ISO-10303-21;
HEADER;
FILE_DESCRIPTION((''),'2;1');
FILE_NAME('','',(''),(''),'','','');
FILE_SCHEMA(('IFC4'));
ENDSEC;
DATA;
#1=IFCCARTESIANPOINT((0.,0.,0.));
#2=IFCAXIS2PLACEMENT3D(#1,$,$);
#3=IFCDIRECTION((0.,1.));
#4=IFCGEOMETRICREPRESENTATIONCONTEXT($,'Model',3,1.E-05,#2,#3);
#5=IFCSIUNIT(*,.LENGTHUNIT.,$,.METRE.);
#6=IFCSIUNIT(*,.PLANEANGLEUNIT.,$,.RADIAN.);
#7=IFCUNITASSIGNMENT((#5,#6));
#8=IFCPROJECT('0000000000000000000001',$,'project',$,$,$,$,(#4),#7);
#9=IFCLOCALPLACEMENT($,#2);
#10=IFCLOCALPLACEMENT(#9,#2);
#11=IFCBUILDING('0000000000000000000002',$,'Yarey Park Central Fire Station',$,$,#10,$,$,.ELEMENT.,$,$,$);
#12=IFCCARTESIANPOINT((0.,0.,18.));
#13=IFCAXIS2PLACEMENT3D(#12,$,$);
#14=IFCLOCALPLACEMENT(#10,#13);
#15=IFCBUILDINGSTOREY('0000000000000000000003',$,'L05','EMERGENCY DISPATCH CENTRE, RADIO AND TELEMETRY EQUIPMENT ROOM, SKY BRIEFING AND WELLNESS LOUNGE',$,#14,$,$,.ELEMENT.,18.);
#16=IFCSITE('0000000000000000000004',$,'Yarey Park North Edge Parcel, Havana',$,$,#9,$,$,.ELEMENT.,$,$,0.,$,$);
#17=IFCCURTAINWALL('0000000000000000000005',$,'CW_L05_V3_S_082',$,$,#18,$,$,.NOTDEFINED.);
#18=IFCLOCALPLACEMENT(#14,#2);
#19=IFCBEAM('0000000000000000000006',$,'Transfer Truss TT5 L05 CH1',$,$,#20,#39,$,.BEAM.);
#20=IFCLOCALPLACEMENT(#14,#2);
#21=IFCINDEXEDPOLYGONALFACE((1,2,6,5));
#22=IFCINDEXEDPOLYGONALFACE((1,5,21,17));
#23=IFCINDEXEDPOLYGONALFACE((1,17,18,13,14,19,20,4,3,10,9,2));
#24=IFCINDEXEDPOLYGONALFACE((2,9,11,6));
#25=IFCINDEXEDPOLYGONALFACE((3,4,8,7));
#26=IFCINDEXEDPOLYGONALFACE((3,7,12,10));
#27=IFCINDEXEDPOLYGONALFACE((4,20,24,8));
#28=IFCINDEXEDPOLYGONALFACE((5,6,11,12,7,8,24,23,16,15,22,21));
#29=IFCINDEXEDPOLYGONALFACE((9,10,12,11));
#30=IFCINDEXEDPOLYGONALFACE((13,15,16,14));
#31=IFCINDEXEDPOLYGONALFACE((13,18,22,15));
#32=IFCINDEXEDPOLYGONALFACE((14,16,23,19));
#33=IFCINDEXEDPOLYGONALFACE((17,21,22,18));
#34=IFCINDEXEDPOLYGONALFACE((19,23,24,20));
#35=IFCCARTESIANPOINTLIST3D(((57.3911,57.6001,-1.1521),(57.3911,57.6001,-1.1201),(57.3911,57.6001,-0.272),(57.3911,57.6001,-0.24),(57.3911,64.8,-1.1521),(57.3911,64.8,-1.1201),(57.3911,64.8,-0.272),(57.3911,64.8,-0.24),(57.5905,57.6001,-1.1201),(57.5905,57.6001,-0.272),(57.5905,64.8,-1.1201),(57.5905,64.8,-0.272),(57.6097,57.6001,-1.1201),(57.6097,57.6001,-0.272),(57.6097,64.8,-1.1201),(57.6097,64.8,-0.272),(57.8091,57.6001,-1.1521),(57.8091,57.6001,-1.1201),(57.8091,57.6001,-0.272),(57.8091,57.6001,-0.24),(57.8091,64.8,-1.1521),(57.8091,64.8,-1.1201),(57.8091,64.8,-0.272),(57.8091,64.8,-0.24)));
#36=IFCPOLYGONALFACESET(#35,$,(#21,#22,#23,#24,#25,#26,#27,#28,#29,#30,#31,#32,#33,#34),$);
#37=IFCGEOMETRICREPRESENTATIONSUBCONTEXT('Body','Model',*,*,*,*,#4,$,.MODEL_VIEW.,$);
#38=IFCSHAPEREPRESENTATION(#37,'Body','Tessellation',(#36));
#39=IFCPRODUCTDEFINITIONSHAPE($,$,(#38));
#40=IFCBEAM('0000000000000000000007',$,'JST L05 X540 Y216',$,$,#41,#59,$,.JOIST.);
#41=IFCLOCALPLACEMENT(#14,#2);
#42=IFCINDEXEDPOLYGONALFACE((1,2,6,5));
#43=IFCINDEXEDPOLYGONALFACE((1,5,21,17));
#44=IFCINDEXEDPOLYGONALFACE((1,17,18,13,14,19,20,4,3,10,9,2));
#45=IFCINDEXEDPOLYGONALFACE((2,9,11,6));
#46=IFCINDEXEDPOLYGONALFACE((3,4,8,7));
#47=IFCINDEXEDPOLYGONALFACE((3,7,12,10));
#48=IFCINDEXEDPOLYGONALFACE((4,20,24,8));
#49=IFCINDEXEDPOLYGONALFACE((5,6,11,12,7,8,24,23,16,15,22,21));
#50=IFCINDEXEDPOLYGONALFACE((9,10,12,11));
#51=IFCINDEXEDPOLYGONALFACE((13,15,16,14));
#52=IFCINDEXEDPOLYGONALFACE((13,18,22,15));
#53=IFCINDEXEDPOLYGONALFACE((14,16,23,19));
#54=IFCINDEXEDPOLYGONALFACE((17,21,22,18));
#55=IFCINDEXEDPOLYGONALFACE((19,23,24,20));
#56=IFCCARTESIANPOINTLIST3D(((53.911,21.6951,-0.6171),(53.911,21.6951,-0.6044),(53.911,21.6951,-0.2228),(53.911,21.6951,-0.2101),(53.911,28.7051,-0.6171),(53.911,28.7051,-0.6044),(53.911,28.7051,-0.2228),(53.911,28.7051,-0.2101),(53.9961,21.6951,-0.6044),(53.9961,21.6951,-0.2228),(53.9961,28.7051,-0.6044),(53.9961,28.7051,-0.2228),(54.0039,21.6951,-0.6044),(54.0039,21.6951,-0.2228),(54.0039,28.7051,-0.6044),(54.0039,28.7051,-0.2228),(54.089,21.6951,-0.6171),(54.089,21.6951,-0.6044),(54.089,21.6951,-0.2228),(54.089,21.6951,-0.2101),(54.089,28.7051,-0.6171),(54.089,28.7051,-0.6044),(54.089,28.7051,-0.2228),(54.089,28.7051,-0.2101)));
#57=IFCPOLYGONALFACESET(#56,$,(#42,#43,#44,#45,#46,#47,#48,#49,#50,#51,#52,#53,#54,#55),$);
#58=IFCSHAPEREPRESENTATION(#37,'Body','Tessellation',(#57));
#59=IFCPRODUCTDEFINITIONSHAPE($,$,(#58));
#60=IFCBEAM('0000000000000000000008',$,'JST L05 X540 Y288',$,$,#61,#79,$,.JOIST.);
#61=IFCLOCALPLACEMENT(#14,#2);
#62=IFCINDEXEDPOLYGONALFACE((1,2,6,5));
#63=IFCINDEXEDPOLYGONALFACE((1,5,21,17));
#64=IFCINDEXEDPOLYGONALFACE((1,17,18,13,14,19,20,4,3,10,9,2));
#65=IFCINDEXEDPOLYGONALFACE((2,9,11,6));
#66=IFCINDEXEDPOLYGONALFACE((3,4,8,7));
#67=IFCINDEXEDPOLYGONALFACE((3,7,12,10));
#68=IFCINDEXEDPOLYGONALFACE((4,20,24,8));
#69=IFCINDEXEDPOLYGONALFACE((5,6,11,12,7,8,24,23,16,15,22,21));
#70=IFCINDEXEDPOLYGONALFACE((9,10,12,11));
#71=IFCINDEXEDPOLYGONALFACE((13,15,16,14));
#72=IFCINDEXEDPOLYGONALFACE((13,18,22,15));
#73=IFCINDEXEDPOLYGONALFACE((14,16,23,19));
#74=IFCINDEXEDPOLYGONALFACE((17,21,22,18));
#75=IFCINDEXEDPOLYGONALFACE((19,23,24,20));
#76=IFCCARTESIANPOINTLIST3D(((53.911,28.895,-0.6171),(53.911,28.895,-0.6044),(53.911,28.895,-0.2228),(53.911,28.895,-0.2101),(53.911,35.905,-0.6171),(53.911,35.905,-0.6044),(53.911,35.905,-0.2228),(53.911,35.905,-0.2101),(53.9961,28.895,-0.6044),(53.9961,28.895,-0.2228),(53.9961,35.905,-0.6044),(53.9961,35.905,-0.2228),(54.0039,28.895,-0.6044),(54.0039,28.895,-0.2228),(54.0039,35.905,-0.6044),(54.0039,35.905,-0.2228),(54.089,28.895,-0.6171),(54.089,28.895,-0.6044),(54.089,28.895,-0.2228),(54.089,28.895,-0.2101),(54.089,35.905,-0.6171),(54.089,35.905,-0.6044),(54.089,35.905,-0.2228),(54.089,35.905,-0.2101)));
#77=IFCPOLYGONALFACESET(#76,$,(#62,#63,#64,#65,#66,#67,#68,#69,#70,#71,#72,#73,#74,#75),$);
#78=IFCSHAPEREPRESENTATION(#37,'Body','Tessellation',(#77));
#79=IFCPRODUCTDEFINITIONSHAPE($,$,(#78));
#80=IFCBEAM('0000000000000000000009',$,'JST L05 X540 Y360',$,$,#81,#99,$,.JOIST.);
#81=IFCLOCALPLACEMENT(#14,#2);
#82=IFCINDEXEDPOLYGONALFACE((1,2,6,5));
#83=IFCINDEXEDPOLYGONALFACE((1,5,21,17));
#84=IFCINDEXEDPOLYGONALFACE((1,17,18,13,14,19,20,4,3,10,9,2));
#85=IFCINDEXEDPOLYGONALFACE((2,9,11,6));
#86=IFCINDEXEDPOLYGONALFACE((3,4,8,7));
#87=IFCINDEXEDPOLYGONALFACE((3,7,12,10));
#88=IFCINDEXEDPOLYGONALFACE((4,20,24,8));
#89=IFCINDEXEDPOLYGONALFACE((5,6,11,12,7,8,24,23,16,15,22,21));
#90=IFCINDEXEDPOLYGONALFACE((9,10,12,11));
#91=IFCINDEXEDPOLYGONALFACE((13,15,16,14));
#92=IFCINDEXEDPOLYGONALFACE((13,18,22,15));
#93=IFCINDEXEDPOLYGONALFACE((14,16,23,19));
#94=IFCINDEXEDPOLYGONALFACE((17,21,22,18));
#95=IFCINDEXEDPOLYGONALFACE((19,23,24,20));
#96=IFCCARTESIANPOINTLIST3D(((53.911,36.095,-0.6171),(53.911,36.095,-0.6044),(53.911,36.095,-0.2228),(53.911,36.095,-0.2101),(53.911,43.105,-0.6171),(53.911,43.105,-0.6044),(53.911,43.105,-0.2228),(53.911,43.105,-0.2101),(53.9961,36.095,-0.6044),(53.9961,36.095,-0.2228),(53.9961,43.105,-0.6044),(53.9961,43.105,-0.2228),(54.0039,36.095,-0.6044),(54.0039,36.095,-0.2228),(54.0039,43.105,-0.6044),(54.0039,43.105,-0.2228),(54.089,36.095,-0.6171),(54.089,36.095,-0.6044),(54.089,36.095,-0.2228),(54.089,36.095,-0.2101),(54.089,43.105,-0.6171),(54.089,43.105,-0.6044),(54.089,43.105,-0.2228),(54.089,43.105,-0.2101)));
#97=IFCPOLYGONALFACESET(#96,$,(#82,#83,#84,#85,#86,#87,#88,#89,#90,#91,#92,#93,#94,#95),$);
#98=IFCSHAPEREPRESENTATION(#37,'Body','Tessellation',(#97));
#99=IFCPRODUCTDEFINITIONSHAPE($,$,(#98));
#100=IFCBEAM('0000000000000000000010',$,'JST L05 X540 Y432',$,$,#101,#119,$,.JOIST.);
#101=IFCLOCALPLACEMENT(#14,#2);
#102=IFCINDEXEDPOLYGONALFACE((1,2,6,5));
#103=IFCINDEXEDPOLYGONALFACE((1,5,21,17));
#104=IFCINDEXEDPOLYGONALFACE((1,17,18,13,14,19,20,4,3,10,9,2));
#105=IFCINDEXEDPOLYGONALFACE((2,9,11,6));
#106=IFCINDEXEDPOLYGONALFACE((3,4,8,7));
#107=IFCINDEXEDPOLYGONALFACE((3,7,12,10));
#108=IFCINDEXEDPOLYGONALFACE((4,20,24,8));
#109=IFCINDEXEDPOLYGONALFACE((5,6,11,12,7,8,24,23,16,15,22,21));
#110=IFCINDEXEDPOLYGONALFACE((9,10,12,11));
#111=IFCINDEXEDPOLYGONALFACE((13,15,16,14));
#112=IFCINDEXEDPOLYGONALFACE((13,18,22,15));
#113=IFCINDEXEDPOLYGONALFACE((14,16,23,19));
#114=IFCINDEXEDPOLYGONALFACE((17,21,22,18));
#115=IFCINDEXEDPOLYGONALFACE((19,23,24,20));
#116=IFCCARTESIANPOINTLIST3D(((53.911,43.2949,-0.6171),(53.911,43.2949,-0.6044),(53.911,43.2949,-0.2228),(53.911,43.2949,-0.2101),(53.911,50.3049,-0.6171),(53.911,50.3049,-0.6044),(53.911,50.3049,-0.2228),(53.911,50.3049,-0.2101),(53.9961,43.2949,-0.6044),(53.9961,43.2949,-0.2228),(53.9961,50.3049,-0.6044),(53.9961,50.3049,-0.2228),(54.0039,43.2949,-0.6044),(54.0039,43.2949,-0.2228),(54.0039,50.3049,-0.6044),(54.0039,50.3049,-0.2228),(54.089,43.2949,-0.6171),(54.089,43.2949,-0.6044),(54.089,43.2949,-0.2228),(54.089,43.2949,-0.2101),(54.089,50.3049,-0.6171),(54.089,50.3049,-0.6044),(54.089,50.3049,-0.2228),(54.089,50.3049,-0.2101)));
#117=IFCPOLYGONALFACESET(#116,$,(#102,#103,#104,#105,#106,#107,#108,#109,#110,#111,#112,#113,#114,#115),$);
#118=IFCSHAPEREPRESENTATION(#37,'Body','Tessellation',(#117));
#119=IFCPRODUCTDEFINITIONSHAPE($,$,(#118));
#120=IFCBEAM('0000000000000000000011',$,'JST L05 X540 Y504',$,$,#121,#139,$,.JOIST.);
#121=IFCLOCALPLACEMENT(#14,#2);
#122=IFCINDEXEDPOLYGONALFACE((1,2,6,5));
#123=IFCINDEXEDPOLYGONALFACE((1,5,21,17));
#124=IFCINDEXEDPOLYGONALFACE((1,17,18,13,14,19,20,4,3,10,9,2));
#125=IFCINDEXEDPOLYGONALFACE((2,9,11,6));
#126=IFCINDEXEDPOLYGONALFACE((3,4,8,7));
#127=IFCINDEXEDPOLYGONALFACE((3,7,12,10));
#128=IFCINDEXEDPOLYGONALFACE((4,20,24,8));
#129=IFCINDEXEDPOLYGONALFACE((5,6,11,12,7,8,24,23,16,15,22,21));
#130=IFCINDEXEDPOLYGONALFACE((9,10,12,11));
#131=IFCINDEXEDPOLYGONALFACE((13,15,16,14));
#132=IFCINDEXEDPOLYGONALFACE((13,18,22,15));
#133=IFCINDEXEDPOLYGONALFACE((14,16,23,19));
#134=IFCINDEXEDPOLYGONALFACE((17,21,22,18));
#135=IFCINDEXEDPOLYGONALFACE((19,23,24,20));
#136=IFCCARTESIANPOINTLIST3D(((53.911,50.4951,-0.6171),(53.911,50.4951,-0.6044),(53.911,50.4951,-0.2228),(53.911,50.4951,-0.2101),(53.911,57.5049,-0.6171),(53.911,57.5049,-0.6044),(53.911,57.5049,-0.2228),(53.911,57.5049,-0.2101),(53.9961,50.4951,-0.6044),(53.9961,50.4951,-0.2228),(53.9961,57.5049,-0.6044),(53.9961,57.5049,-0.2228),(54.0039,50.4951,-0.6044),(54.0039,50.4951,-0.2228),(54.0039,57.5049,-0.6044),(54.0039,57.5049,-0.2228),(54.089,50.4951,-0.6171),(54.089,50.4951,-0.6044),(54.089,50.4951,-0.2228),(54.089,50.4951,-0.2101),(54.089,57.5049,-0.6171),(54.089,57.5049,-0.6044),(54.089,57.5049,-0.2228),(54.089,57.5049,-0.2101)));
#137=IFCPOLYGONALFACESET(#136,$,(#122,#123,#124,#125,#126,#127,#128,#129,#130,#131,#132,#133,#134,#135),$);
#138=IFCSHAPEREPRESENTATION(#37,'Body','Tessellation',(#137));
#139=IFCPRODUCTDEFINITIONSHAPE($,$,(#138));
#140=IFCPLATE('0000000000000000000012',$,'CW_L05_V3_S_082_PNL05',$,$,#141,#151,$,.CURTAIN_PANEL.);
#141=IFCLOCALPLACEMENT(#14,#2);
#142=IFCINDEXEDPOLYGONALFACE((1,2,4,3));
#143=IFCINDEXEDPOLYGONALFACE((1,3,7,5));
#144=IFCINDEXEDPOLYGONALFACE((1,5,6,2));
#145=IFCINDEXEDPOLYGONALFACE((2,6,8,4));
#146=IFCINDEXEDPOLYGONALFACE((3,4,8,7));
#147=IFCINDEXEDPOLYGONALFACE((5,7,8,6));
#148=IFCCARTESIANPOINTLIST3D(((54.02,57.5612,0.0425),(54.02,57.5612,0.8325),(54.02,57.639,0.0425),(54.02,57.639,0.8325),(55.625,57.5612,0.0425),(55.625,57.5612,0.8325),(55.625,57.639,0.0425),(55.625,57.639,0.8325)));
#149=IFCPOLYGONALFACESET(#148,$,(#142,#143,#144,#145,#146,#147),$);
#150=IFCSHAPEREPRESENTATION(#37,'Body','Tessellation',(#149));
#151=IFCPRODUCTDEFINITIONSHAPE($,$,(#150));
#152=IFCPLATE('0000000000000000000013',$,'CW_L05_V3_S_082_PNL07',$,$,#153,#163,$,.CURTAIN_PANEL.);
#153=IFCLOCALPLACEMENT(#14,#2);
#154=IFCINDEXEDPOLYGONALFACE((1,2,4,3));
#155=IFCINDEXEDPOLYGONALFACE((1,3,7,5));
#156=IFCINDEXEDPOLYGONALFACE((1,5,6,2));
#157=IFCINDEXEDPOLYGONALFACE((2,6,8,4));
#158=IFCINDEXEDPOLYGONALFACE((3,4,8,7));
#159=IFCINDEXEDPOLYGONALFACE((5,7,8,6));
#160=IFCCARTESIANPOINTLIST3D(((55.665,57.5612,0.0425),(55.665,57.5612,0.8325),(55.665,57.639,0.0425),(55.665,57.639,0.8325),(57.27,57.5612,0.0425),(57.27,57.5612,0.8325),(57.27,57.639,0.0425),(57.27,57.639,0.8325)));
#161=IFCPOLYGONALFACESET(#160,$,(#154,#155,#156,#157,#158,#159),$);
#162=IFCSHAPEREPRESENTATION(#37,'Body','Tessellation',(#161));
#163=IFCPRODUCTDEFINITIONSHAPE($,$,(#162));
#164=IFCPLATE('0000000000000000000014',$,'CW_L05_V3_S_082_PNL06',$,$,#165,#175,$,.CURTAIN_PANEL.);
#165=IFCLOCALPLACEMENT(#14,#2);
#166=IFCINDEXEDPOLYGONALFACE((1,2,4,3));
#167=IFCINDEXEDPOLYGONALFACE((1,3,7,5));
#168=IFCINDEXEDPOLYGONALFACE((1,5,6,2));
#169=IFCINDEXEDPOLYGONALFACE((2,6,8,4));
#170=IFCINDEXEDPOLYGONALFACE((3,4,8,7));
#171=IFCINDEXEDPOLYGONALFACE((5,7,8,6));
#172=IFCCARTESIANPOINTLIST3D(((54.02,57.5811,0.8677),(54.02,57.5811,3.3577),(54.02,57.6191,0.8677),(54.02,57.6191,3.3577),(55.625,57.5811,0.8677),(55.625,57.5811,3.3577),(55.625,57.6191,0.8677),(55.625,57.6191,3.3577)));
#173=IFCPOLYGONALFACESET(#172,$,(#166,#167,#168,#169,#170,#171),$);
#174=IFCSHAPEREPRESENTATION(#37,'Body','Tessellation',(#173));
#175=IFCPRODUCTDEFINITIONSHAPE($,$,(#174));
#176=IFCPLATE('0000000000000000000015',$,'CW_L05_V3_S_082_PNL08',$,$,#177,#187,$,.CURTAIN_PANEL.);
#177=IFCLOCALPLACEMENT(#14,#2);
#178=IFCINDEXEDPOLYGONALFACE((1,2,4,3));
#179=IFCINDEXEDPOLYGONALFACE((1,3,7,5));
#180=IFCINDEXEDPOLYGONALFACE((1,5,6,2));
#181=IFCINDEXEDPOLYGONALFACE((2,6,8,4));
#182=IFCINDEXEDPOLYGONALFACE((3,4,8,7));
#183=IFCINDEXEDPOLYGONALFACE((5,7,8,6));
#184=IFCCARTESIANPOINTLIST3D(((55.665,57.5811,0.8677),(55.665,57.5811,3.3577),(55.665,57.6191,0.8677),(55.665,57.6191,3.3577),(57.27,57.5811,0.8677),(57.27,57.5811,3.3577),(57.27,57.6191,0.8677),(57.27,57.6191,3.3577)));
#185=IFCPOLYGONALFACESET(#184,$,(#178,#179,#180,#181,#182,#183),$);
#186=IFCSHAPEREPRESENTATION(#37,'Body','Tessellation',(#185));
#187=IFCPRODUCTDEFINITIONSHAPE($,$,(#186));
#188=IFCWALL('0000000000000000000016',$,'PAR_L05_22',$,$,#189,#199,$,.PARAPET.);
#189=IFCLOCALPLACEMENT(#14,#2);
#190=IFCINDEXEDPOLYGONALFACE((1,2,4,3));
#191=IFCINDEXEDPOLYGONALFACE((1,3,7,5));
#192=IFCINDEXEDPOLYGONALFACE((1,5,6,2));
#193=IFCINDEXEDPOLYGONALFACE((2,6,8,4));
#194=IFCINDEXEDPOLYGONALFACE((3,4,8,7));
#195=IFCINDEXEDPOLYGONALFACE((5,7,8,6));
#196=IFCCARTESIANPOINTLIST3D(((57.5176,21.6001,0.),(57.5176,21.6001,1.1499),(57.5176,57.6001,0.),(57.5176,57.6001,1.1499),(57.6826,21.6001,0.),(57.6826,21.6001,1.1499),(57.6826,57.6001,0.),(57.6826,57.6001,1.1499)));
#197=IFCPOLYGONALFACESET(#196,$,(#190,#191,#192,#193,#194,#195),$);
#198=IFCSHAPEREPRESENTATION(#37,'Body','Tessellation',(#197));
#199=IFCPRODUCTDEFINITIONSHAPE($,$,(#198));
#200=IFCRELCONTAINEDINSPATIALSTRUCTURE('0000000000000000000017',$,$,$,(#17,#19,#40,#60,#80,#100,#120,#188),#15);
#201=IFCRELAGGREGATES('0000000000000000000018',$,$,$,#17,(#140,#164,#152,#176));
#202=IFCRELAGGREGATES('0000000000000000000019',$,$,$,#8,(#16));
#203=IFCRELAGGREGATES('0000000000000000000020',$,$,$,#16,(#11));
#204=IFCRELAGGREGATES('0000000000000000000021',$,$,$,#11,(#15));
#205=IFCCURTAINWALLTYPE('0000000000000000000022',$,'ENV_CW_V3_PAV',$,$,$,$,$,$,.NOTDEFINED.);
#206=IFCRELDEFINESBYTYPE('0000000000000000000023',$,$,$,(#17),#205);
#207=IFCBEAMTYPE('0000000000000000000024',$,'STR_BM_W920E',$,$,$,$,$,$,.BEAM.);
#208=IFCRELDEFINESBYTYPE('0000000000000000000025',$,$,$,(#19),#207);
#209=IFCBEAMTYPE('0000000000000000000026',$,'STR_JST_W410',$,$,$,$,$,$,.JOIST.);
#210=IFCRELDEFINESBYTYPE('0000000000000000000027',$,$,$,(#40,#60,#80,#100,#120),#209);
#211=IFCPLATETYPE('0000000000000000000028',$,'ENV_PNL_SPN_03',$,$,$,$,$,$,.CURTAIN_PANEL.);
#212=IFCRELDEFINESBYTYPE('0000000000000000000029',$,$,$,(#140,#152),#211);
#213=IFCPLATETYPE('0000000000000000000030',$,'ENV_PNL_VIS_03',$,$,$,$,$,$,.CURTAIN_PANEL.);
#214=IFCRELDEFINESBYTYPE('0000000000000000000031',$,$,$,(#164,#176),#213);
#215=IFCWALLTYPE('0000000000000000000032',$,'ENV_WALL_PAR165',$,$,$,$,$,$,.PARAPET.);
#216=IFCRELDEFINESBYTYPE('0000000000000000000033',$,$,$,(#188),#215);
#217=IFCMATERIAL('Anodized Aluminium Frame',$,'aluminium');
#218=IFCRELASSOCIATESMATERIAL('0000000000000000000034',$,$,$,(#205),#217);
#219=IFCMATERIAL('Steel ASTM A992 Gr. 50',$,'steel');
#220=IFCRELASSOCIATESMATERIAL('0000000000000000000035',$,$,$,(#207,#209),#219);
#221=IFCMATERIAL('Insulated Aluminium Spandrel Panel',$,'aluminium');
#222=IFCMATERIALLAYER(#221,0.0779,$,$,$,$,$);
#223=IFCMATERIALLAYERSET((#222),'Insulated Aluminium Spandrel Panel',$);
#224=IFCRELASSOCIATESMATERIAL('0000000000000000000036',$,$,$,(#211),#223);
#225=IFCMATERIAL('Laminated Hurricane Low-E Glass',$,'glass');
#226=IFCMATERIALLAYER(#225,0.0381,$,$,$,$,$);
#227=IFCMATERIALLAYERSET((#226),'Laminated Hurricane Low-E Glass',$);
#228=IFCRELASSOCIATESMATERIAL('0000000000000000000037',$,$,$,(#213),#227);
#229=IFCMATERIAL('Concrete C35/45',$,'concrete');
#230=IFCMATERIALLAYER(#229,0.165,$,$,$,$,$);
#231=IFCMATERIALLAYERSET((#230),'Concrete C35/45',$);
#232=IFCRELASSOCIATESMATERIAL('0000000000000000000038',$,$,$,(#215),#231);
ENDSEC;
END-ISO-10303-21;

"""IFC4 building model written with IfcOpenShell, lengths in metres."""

from ifc_helpers import new_model, si_unit, direction, frame, frame_2d, origin, origin_2d, place, context, subcontext, project, spatial, rectangle, i_section, extrude, material, layer, layer_set, material_profile, profile_set, type_object, element, aggregate, save


model = new_model("IFC4")

# Units and contexts
model_context = context("Model", 3, precision=1e-05, world=origin(), true_north=direction((0.0, 1.0)))
body_context = subcontext(model_context, "Body", "Model", "MODEL_VIEW")
ifc_project = project(units=[si_unit("LENGTHUNIT", "METRE"), si_unit("PLANEANGLEUNIT", "RADIAN")], contexts=[model_context])

# Site, building, storey
site_placement = place(None, origin())
site = spatial("IfcSite", under=ifc_project, at=site_placement, Name="Yarey Park North Edge Parcel, Havana", CompositionType="ELEMENT", RefElevation=0.0)
building_placement = place(site_placement, origin())
building = spatial("IfcBuilding", under=site, at=building_placement, Name="Yarey Park Central Fire Station", CompositionType="ELEMENT")
storey_placement = place(building_placement, frame((0.0, 0.0, 18.0)))
storey = spatial("IfcBuildingStorey", under=building, at=storey_placement, Name="L05", Description="EMERGENCY DISPATCH CENTRE, RADIO AND TELEMETRY EQUIPMENT ROOM, SKY BRIEFING AND WELLNESS LOUNGE", CompositionType="ELEMENT", Elevation=18.0)

# Shared definitions
ifc_material_1 = material(Name="Steel ASTM A992 Gr. 50", Category="steel")

# Curtain wall
ifc_material_2 = material(Name="Anodized Aluminium Frame", Category="aluminium")
curtain_wall_type = type_object("IfcCurtainWallType", Name="ENV_CW_V3_PAV", PredefinedType="NOTDEFINED", material=ifc_material_2)
curtain_wall_placement = place(storey_placement, origin())
curtain_wall = element("IfcCurtainWall", 1, at=curtain_wall_placement, inside=storey, type_object=curtain_wall_type, Name="CW_L05_V3_S_082", PredefinedType="NOTDEFINED")

# Beams
ifc_material_profile_1 = material_profile(ifc_material_1, i_section(OverallWidth=0.418, OverallDepth=0.9121, WebThickness=0.0193, FlangeThickness=0.032, at=origin_2d()), Name="W920x342")
ifc_profile_set_1 = profile_set([ifc_material_profile_1], Name="Steel ASTM A992 Gr. 50")
beam_type_1 = type_object("IfcBeamType", Name="STR_BM_W920E", PredefinedType="BEAM", material=ifc_profile_set_1)
beam_1_placement = place(storey_placement, frame((57.6001, 57.6001, -0.696), z_axis=(0.0, 1.0, 0.0), x_axis=(-1.0, 0.0, 0.0)))
element("IfcBeam", 2, at=beam_1_placement, inside=storey, type_object=beam_type_1, Name="Transfer Truss TT5 L05 CH1", PredefinedType="BEAM", context=body_context, shape_type="SweptSolid", body=[
    extrude(i_section(OverallWidth=0.418, OverallDepth=0.9121, WebThickness=0.0193, FlangeThickness=0.032, at=origin_2d()), origin(), (0.0, 0.0, 1.0), 7.2),
])
ifc_material_profile_2 = material_profile(ifc_material_1, i_section(OverallWidth=0.178, OverallDepth=0.407, WebThickness=0.0078, FlangeThickness=0.0127, at=origin_2d()), Name="W410x60")
ifc_profile_set_2 = profile_set([ifc_material_profile_2], Name="Steel ASTM A992 Gr. 50")
beam_type_2 = type_object("IfcBeamType", Name="STR_JST_W410", PredefinedType="JOIST", material=ifc_profile_set_2)
for number, where, z_axis, x_axis, name in (
    (3, (54.0, 21.6951, -0.4136), (0.0, 1.0, 0.0), (-1.0, 0.0, 0.0), "JST L05 X540 Y216"),
    (4, (54.0, 28.895, -0.4136), (0.0, 1.0, 0.0), (-1.0, 0.0, 0.0), "JST L05 X540 Y288"),
    (5, (54.0, 36.095, -0.4136), (0.0, 1.0, 0.0), (-1.0, 0.0, 0.0), "JST L05 X540 Y360"),
    (6, (54.0, 43.2949, -0.4136), (0.0, 1.0, 0.0), (-1.0, 0.0, 0.0), "JST L05 X540 Y432"),
):
    element("IfcBeam", number, at=place(storey_placement, frame(where, z_axis=z_axis, x_axis=x_axis)), inside=storey, type_object=beam_type_2, Name=name, PredefinedType="JOIST", context=body_context, shape_type="SweptSolid", body=[
        extrude(i_section(OverallWidth=0.178, OverallDepth=0.407, WebThickness=0.0078, FlangeThickness=0.0127, at=origin_2d()), origin(), (0.0, 0.0, 1.0), 7.01),
    ])
beam_2_placement = place(storey_placement, frame((54.0, 50.4951, -0.4136), z_axis=(0.0, 1.0, 0.0), x_axis=(-1.0, 0.0, 0.0)))
element("IfcBeam", 7, at=beam_2_placement, inside=storey, type_object=beam_type_2, Name="JST L05 X540 Y504", PredefinedType="JOIST", context=body_context, shape_type="SweptSolid", body=[
    extrude(i_section(OverallWidth=0.178, OverallDepth=0.407, WebThickness=0.0078, FlangeThickness=0.0127, at=origin_2d()), origin(), (0.0, 0.0, 1.0), 7.0098),
])

# Plates
ifc_material_3 = material(Name="Insulated Aluminium Spandrel Panel", Category="aluminium")
ifc_layer_1 = layer(ifc_material_3, 0.0779)
ifc_layer_set_1 = layer_set([ifc_layer_1], Name="Insulated Aluminium Spandrel Panel")
plate_type_1 = type_object("IfcPlateType", Name="ENV_PNL_SPN_03", PredefinedType="CURTAIN_PANEL", material=ifc_layer_set_1)
plate_1_placement = place(storey_placement, frame((54.8225, 57.6001, 0.0425), z_axis=(0.0, 0.0, 1.0), x_axis=(1.0, 0.0, 0.0)))
plate_1 = element("IfcPlate", 8, at=plate_1_placement, type_object=plate_type_1, Name="CW_L05_V3_S_082_PNL05", PredefinedType="CURTAIN_PANEL", context=body_context, shape_type="SweptSolid", body=[
    extrude(rectangle(XDim=1.605, YDim=0.0779, at=origin_2d()), origin(), (0.0, 0.0, 1.0), 0.79),
])
plate_2_placement = place(storey_placement, frame((56.4675, 57.6001, 0.0425), z_axis=(0.0, 0.0, 1.0), x_axis=(1.0, 0.0, 0.0)))
plate_2 = element("IfcPlate", 9, at=plate_2_placement, type_object=plate_type_1, Name="CW_L05_V3_S_082_PNL07", PredefinedType="CURTAIN_PANEL", context=body_context, shape_type="SweptSolid", body=[
    extrude(rectangle(XDim=1.605, YDim=0.0779, at=origin_2d()), origin(), (0.0, 0.0, 1.0), 0.79),
])
ifc_material_4 = material(Name="Laminated Hurricane Low-E Glass", Category="glass")
ifc_layer_2 = layer(ifc_material_4, 0.0381)
ifc_layer_set_2 = layer_set([ifc_layer_2], Name="Laminated Hurricane Low-E Glass")
plate_type_2 = type_object("IfcPlateType", Name="ENV_PNL_VIS_03", PredefinedType="CURTAIN_PANEL", material=ifc_layer_set_2)
plate_3_placement = place(storey_placement, frame((54.8225, 57.6001, 0.8677), z_axis=(0.0, 0.0, 1.0), x_axis=(1.0, 0.0, 0.0)))
plate_3 = element("IfcPlate", 10, at=plate_3_placement, type_object=plate_type_2, Name="CW_L05_V3_S_082_PNL06", PredefinedType="CURTAIN_PANEL", context=body_context, shape_type="SweptSolid", body=[
    extrude(rectangle(XDim=1.605, YDim=0.0381, at=origin_2d()), origin(), (0.0, 0.0, 1.0), 2.49),
])
plate_4_placement = place(storey_placement, frame((56.4675, 57.6001, 0.8677), z_axis=(0.0, 0.0, 1.0), x_axis=(1.0, 0.0, 0.0)))
plate_4 = element("IfcPlate", 11, at=plate_4_placement, type_object=plate_type_2, Name="CW_L05_V3_S_082_PNL08", PredefinedType="CURTAIN_PANEL", context=body_context, shape_type="SweptSolid", body=[
    extrude(rectangle(XDim=1.605, YDim=0.0381, at=origin_2d()), origin(), (0.0, 0.0, 1.0), 2.49),
])
aggregate(curtain_wall, [plate_1, plate_3, plate_2, plate_4])

# Wall
ifc_material_5 = material(Name="Concrete C35/45", Category="concrete")
ifc_layer_3 = layer(ifc_material_5, 0.165)
ifc_layer_set_3 = layer_set([ifc_layer_3], Name="Concrete C35/45")
wall_type_1 = type_object("IfcWallType", Name="ENV_WALL_PAR165", PredefinedType="PARAPET", material=ifc_layer_set_3)
wall_1_placement = place(storey_placement, frame((57.6001, 21.6001, 0.0), z_axis=(0.0, 0.0, 1.0), x_axis=(0.0, 1.0, 0.0)))
element("IfcWall", 12, at=wall_1_placement, inside=storey, type_object=wall_type_1, Name="PAR_L05_22", PredefinedType="PARAPET", context=body_context, shape_type="SweptSolid", body=[
    extrude(rectangle(XDim=36.0, YDim=0.165, at=frame_2d((18.0, 0.0))), origin(), (0.0, 0.0, 1.0), 1.1499),
])

save(model, "model.ifc")
